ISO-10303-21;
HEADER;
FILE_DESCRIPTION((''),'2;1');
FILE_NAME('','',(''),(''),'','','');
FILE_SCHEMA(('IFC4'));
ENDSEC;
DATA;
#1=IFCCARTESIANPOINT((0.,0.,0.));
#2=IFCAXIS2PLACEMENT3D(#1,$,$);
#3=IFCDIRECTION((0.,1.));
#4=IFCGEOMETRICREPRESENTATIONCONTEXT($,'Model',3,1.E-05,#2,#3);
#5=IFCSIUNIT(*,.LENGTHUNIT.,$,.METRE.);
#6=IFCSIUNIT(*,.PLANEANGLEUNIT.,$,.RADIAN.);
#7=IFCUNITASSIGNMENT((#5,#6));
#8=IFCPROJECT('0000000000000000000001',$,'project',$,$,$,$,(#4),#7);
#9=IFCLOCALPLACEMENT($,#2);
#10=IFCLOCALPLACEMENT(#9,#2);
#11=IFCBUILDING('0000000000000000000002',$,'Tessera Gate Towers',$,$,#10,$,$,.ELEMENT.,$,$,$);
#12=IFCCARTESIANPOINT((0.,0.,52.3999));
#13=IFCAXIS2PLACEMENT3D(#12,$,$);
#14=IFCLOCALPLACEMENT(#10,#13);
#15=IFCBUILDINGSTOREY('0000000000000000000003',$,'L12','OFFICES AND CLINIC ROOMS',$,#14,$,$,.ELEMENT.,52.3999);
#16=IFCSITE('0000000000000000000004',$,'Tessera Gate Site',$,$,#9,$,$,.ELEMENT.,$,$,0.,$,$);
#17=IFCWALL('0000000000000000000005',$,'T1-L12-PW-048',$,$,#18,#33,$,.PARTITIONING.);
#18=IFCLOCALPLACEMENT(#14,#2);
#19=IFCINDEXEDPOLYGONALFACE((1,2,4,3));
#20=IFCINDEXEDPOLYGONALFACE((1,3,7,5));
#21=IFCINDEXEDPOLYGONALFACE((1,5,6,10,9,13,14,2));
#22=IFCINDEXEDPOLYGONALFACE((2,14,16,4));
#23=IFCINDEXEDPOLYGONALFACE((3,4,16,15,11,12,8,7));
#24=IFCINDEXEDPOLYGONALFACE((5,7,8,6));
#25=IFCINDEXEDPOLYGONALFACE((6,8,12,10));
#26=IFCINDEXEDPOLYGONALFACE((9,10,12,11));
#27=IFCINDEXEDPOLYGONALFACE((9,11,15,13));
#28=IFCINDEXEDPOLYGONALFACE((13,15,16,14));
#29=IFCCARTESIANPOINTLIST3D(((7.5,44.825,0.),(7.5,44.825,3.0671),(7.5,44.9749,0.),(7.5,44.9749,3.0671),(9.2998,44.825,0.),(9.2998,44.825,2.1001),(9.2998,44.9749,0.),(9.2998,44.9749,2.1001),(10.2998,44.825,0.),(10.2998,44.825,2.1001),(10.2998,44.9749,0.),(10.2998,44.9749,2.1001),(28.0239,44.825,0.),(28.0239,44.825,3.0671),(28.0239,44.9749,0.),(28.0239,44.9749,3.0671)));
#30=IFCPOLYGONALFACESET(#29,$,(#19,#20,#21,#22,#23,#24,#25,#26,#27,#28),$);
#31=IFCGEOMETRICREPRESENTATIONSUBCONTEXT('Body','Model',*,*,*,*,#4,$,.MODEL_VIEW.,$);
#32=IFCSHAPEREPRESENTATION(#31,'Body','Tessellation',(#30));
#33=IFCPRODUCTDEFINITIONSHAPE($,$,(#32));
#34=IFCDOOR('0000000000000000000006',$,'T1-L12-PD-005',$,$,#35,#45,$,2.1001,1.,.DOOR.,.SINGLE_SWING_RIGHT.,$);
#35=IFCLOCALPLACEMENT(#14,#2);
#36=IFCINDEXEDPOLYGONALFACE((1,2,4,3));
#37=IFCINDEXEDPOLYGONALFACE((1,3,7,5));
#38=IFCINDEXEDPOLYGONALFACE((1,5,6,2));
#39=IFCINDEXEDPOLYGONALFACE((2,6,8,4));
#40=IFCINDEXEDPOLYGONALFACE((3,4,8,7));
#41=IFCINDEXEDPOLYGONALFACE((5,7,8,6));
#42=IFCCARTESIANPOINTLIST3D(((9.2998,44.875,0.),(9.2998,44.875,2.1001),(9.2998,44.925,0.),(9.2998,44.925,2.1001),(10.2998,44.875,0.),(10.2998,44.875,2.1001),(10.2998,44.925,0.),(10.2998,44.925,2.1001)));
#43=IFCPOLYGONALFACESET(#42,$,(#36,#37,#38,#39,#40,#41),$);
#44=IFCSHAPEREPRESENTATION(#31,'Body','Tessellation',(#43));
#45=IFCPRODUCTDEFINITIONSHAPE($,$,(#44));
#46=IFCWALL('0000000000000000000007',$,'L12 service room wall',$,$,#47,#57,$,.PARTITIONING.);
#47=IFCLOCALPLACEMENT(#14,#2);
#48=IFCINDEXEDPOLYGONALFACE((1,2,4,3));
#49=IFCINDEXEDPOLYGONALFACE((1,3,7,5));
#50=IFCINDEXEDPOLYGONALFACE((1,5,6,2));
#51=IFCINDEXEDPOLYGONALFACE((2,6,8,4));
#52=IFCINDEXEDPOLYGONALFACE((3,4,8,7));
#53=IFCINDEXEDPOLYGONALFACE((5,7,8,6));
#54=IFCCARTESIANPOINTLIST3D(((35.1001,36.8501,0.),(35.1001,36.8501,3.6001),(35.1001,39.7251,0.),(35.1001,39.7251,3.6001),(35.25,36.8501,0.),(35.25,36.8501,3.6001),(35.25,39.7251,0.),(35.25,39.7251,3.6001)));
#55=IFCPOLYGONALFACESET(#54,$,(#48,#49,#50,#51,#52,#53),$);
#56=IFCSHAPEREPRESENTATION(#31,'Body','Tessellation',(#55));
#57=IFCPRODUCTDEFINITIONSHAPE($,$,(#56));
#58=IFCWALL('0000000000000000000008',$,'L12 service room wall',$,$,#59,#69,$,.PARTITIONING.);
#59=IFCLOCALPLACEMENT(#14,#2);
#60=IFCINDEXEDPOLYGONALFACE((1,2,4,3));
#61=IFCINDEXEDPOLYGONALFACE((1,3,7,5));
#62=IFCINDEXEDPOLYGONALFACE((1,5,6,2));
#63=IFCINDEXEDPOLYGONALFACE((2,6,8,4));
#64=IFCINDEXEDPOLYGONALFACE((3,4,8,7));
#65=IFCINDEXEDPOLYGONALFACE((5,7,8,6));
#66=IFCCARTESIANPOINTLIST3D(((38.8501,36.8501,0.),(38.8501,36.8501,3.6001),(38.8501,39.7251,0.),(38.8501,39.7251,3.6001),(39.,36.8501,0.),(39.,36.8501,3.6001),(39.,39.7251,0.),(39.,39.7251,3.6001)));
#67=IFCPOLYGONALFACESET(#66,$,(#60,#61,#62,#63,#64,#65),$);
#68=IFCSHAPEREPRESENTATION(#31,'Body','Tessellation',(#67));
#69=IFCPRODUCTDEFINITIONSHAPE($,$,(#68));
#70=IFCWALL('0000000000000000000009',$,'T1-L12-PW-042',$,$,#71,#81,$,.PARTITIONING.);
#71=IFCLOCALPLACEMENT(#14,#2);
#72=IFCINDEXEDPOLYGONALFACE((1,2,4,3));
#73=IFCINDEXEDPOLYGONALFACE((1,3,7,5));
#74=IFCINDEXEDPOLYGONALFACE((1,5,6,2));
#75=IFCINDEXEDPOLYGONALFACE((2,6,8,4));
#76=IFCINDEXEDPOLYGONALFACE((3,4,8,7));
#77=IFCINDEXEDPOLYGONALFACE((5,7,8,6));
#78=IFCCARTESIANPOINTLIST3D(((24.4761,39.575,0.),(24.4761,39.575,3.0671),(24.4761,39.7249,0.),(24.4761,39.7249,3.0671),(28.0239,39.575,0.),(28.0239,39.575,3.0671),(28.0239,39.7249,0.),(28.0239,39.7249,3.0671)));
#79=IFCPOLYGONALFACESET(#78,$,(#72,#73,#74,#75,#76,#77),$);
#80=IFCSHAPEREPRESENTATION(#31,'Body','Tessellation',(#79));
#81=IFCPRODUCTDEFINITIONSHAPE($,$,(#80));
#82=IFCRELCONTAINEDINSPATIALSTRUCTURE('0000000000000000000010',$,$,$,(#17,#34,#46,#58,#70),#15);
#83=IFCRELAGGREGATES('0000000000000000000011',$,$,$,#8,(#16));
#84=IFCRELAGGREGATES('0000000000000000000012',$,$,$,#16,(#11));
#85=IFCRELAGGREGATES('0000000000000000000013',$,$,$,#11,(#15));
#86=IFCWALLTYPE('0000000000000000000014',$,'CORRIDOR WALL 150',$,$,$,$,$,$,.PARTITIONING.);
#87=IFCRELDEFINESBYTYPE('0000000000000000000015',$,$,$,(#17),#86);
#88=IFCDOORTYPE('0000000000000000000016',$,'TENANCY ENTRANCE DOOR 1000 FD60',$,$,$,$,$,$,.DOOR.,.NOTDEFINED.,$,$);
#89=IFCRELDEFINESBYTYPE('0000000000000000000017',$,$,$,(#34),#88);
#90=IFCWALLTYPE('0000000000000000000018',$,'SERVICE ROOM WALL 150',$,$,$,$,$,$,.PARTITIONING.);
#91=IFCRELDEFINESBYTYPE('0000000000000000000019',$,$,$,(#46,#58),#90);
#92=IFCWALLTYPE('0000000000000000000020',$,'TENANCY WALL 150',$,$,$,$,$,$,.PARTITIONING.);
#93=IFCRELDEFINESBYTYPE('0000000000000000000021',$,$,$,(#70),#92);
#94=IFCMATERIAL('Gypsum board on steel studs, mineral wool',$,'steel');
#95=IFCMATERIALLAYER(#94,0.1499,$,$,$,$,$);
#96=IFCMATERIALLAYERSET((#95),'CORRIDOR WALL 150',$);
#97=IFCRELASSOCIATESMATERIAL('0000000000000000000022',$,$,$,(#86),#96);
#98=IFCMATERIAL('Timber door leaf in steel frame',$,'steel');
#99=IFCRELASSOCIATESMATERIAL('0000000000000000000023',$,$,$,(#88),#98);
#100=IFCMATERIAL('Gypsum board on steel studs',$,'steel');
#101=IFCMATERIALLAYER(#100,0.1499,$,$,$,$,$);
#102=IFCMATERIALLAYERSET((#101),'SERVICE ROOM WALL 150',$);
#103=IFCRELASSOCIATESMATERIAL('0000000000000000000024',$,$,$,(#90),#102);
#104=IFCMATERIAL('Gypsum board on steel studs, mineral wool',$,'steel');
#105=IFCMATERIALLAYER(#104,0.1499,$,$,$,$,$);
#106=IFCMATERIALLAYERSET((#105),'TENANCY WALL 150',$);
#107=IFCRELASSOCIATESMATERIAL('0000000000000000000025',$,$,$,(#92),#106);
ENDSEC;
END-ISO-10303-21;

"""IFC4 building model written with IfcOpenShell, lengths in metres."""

from ifc_helpers import new_model, si_unit, direction, frame, frame_2d, origin, place, context, subcontext, project, spatial, rectangle, extrude, source, transform, mapped, material, layer, layer_set, type_object, element, fill, save


model = new_model("IFC4")

# Units and contexts
model_context = context("Model", 3, precision=1e-05, world=origin(), true_north=direction((0.0, 1.0)))
body_context = subcontext(model_context, "Body", "Model", "MODEL_VIEW")
ifc_project = project(units=[si_unit("LENGTHUNIT", "METRE"), si_unit("PLANEANGLEUNIT", "RADIAN")], contexts=[model_context])

# Site, building, storey
site_placement = place(None, origin())
site = spatial("IfcSite", under=ifc_project, at=site_placement, Name="Tessera Gate Site", CompositionType="ELEMENT", RefElevation=0.0)
building_placement = place(site_placement, origin())
building = spatial("IfcBuilding", under=site, at=building_placement, Name="Tessera Gate Towers", CompositionType="ELEMENT")
storey_placement = place(building_placement, frame((0.0, 0.0, 52.3999)))
storey = spatial("IfcBuildingStorey", under=building, at=storey_placement, Name="L12", Description="OFFICES AND CLINIC ROOMS", CompositionType="ELEMENT", Elevation=52.3999)

# Wall, opening, door
ifc_material_1 = material(Name="Gypsum board on steel studs, mineral wool", Category="steel")
ifc_layer_1 = layer(ifc_material_1, 0.1499)
ifc_layer_set_1 = layer_set([ifc_layer_1], Name="CORRIDOR WALL 150")
wall_type_1 = type_object("IfcWallType", Name="CORRIDOR WALL 150", PredefinedType="PARTITIONING", material=ifc_layer_set_1)
wall_1_placement = place(storey_placement, frame((28.0239, 44.8999, 0.0), z_axis=(0.0, 0.0, 1.0), x_axis=(-1.0, 0.0, 0.0)))
wall_1 = element("IfcWall", 1, at=wall_1_placement, inside=storey, type_object=wall_type_1, Name="T1-L12-PW-048", PredefinedType="PARTITIONING", context=body_context, shape_type="SweptSolid", body=[
    extrude(rectangle(XDim=20.5239, YDim=0.1499, at=frame_2d((10.262, 0.0))), origin(), (0.0, 0.0, 1.0), 3.0671),
])
shared_shape_1 = source(origin(), body_context, "Body", "SweptSolid", [
    extrude(rectangle(XDim=1.0, YDim=2.1001, at=frame_2d((0.5, 1.05))), frame((0.0, 0.085, 0.0), z_axis=(0.0, -1.0, 0.0), x_axis=(1.0, 0.0, 0.0)), (0.0, 0.0, 1.0), 0.1699),
])
opening_1_placement = place(wall_1_placement, frame((17.7241, 0.0, 0.0)))
opening_1 = element("IfcOpeningElement", 2, at=opening_1_placement, cuts=wall_1, PredefinedType="OPENING", context=body_context, shape_type="MappedRepresentation", body=[
    mapped(shared_shape_1, transform((0.0, 0.0, 0.0), scale=1.0)),
])
ifc_material_2 = material(Name="Timber door leaf in steel frame", Category="steel")
door_type_1 = type_object("IfcDoorType", Name="TENANCY ENTRANCE DOOR 1000 FD60", OperationType="NOTDEFINED", PredefinedType="DOOR", material=ifc_material_2)
shared_shape_2 = source(origin(), body_context, "Body", "SweptSolid", [
    extrude(rectangle(XDim=1.0, YDim=2.1001, at=frame_2d((0.5, 1.05))), frame((0.0, 0.0249, 0.0), z_axis=(0.0, -1.0, 0.0), x_axis=(1.0, 0.0, 0.0)), (0.0, 0.0, 1.0), 0.05),
])
door_1_placement = place(opening_1_placement, origin())
door_1 = element("IfcDoor", 3, at=door_1_placement, inside=storey, type_object=door_type_1, Name="T1-L12-PD-005", OperationType="SINGLE_SWING_RIGHT", OverallHeight=2.1001, OverallWidth=1.0, PredefinedType="DOOR", context=body_context, shape_type="MappedRepresentation", body=[
    mapped(shared_shape_2, transform((0.0, 0.0, 0.0), scale=1.0)),
])
fill(opening_1, door_1)

# Walls
ifc_material_3 = material(Name="Gypsum board on steel studs", Category="steel")
ifc_layer_2 = layer(ifc_material_3, 0.1499)
ifc_layer_set_2 = layer_set([ifc_layer_2], Name="SERVICE ROOM WALL 150")
wall_type_2 = type_object("IfcWallType", Name="SERVICE ROOM WALL 150", PredefinedType="PARTITIONING", material=ifc_layer_set_2)
for number, where, z_axis, x_axis, name in (
    (4, (35.175, 36.8501, 0.0), (0.0, 0.0, 1.0), (0.0, 1.0, 0.0), "L12 service room wall"),
    (5, (38.925, 36.8501, 0.0), (0.0, 0.0, 1.0), (0.0, 1.0, 0.0), "L12 service room wall"),
):
    element("IfcWall", number, at=place(storey_placement, frame(where, z_axis=z_axis, x_axis=x_axis)), inside=storey, type_object=wall_type_2, Name=name, PredefinedType="PARTITIONING", context=body_context, shape_type="SweptSolid", body=[
        extrude(rectangle(XDim=2.875, YDim=0.1499, at=frame_2d((1.4375, 0.0))), origin(), (0.0, 0.0, 1.0), 3.6001),
    ])
ifc_material_4 = material(Name="Gypsum board on steel studs, mineral wool", Category="steel")
ifc_layer_3 = layer(ifc_material_4, 0.1499)
ifc_layer_set_3 = layer_set([ifc_layer_3], Name="TENANCY WALL 150")
wall_type_3 = type_object("IfcWallType", Name="TENANCY WALL 150", PredefinedType="PARTITIONING", material=ifc_layer_set_3)
wall_2_placement = place(storey_placement, frame((24.4761, 39.6499, 0.0), z_axis=(0.0, 0.0, 1.0), x_axis=(1.0, 0.0, 0.0)))
element("IfcWall", 6, at=wall_2_placement, inside=storey, type_object=wall_type_3, Name="T1-L12-PW-042", PredefinedType="PARTITIONING", context=body_context, shape_type="SweptSolid", body=[
    extrude(rectangle(XDim=3.5479, YDim=0.1499, at=frame_2d((1.7739, 0.0))), origin(), (0.0, 0.0, 1.0), 3.0671),
])

save(model, "model.ifc")
